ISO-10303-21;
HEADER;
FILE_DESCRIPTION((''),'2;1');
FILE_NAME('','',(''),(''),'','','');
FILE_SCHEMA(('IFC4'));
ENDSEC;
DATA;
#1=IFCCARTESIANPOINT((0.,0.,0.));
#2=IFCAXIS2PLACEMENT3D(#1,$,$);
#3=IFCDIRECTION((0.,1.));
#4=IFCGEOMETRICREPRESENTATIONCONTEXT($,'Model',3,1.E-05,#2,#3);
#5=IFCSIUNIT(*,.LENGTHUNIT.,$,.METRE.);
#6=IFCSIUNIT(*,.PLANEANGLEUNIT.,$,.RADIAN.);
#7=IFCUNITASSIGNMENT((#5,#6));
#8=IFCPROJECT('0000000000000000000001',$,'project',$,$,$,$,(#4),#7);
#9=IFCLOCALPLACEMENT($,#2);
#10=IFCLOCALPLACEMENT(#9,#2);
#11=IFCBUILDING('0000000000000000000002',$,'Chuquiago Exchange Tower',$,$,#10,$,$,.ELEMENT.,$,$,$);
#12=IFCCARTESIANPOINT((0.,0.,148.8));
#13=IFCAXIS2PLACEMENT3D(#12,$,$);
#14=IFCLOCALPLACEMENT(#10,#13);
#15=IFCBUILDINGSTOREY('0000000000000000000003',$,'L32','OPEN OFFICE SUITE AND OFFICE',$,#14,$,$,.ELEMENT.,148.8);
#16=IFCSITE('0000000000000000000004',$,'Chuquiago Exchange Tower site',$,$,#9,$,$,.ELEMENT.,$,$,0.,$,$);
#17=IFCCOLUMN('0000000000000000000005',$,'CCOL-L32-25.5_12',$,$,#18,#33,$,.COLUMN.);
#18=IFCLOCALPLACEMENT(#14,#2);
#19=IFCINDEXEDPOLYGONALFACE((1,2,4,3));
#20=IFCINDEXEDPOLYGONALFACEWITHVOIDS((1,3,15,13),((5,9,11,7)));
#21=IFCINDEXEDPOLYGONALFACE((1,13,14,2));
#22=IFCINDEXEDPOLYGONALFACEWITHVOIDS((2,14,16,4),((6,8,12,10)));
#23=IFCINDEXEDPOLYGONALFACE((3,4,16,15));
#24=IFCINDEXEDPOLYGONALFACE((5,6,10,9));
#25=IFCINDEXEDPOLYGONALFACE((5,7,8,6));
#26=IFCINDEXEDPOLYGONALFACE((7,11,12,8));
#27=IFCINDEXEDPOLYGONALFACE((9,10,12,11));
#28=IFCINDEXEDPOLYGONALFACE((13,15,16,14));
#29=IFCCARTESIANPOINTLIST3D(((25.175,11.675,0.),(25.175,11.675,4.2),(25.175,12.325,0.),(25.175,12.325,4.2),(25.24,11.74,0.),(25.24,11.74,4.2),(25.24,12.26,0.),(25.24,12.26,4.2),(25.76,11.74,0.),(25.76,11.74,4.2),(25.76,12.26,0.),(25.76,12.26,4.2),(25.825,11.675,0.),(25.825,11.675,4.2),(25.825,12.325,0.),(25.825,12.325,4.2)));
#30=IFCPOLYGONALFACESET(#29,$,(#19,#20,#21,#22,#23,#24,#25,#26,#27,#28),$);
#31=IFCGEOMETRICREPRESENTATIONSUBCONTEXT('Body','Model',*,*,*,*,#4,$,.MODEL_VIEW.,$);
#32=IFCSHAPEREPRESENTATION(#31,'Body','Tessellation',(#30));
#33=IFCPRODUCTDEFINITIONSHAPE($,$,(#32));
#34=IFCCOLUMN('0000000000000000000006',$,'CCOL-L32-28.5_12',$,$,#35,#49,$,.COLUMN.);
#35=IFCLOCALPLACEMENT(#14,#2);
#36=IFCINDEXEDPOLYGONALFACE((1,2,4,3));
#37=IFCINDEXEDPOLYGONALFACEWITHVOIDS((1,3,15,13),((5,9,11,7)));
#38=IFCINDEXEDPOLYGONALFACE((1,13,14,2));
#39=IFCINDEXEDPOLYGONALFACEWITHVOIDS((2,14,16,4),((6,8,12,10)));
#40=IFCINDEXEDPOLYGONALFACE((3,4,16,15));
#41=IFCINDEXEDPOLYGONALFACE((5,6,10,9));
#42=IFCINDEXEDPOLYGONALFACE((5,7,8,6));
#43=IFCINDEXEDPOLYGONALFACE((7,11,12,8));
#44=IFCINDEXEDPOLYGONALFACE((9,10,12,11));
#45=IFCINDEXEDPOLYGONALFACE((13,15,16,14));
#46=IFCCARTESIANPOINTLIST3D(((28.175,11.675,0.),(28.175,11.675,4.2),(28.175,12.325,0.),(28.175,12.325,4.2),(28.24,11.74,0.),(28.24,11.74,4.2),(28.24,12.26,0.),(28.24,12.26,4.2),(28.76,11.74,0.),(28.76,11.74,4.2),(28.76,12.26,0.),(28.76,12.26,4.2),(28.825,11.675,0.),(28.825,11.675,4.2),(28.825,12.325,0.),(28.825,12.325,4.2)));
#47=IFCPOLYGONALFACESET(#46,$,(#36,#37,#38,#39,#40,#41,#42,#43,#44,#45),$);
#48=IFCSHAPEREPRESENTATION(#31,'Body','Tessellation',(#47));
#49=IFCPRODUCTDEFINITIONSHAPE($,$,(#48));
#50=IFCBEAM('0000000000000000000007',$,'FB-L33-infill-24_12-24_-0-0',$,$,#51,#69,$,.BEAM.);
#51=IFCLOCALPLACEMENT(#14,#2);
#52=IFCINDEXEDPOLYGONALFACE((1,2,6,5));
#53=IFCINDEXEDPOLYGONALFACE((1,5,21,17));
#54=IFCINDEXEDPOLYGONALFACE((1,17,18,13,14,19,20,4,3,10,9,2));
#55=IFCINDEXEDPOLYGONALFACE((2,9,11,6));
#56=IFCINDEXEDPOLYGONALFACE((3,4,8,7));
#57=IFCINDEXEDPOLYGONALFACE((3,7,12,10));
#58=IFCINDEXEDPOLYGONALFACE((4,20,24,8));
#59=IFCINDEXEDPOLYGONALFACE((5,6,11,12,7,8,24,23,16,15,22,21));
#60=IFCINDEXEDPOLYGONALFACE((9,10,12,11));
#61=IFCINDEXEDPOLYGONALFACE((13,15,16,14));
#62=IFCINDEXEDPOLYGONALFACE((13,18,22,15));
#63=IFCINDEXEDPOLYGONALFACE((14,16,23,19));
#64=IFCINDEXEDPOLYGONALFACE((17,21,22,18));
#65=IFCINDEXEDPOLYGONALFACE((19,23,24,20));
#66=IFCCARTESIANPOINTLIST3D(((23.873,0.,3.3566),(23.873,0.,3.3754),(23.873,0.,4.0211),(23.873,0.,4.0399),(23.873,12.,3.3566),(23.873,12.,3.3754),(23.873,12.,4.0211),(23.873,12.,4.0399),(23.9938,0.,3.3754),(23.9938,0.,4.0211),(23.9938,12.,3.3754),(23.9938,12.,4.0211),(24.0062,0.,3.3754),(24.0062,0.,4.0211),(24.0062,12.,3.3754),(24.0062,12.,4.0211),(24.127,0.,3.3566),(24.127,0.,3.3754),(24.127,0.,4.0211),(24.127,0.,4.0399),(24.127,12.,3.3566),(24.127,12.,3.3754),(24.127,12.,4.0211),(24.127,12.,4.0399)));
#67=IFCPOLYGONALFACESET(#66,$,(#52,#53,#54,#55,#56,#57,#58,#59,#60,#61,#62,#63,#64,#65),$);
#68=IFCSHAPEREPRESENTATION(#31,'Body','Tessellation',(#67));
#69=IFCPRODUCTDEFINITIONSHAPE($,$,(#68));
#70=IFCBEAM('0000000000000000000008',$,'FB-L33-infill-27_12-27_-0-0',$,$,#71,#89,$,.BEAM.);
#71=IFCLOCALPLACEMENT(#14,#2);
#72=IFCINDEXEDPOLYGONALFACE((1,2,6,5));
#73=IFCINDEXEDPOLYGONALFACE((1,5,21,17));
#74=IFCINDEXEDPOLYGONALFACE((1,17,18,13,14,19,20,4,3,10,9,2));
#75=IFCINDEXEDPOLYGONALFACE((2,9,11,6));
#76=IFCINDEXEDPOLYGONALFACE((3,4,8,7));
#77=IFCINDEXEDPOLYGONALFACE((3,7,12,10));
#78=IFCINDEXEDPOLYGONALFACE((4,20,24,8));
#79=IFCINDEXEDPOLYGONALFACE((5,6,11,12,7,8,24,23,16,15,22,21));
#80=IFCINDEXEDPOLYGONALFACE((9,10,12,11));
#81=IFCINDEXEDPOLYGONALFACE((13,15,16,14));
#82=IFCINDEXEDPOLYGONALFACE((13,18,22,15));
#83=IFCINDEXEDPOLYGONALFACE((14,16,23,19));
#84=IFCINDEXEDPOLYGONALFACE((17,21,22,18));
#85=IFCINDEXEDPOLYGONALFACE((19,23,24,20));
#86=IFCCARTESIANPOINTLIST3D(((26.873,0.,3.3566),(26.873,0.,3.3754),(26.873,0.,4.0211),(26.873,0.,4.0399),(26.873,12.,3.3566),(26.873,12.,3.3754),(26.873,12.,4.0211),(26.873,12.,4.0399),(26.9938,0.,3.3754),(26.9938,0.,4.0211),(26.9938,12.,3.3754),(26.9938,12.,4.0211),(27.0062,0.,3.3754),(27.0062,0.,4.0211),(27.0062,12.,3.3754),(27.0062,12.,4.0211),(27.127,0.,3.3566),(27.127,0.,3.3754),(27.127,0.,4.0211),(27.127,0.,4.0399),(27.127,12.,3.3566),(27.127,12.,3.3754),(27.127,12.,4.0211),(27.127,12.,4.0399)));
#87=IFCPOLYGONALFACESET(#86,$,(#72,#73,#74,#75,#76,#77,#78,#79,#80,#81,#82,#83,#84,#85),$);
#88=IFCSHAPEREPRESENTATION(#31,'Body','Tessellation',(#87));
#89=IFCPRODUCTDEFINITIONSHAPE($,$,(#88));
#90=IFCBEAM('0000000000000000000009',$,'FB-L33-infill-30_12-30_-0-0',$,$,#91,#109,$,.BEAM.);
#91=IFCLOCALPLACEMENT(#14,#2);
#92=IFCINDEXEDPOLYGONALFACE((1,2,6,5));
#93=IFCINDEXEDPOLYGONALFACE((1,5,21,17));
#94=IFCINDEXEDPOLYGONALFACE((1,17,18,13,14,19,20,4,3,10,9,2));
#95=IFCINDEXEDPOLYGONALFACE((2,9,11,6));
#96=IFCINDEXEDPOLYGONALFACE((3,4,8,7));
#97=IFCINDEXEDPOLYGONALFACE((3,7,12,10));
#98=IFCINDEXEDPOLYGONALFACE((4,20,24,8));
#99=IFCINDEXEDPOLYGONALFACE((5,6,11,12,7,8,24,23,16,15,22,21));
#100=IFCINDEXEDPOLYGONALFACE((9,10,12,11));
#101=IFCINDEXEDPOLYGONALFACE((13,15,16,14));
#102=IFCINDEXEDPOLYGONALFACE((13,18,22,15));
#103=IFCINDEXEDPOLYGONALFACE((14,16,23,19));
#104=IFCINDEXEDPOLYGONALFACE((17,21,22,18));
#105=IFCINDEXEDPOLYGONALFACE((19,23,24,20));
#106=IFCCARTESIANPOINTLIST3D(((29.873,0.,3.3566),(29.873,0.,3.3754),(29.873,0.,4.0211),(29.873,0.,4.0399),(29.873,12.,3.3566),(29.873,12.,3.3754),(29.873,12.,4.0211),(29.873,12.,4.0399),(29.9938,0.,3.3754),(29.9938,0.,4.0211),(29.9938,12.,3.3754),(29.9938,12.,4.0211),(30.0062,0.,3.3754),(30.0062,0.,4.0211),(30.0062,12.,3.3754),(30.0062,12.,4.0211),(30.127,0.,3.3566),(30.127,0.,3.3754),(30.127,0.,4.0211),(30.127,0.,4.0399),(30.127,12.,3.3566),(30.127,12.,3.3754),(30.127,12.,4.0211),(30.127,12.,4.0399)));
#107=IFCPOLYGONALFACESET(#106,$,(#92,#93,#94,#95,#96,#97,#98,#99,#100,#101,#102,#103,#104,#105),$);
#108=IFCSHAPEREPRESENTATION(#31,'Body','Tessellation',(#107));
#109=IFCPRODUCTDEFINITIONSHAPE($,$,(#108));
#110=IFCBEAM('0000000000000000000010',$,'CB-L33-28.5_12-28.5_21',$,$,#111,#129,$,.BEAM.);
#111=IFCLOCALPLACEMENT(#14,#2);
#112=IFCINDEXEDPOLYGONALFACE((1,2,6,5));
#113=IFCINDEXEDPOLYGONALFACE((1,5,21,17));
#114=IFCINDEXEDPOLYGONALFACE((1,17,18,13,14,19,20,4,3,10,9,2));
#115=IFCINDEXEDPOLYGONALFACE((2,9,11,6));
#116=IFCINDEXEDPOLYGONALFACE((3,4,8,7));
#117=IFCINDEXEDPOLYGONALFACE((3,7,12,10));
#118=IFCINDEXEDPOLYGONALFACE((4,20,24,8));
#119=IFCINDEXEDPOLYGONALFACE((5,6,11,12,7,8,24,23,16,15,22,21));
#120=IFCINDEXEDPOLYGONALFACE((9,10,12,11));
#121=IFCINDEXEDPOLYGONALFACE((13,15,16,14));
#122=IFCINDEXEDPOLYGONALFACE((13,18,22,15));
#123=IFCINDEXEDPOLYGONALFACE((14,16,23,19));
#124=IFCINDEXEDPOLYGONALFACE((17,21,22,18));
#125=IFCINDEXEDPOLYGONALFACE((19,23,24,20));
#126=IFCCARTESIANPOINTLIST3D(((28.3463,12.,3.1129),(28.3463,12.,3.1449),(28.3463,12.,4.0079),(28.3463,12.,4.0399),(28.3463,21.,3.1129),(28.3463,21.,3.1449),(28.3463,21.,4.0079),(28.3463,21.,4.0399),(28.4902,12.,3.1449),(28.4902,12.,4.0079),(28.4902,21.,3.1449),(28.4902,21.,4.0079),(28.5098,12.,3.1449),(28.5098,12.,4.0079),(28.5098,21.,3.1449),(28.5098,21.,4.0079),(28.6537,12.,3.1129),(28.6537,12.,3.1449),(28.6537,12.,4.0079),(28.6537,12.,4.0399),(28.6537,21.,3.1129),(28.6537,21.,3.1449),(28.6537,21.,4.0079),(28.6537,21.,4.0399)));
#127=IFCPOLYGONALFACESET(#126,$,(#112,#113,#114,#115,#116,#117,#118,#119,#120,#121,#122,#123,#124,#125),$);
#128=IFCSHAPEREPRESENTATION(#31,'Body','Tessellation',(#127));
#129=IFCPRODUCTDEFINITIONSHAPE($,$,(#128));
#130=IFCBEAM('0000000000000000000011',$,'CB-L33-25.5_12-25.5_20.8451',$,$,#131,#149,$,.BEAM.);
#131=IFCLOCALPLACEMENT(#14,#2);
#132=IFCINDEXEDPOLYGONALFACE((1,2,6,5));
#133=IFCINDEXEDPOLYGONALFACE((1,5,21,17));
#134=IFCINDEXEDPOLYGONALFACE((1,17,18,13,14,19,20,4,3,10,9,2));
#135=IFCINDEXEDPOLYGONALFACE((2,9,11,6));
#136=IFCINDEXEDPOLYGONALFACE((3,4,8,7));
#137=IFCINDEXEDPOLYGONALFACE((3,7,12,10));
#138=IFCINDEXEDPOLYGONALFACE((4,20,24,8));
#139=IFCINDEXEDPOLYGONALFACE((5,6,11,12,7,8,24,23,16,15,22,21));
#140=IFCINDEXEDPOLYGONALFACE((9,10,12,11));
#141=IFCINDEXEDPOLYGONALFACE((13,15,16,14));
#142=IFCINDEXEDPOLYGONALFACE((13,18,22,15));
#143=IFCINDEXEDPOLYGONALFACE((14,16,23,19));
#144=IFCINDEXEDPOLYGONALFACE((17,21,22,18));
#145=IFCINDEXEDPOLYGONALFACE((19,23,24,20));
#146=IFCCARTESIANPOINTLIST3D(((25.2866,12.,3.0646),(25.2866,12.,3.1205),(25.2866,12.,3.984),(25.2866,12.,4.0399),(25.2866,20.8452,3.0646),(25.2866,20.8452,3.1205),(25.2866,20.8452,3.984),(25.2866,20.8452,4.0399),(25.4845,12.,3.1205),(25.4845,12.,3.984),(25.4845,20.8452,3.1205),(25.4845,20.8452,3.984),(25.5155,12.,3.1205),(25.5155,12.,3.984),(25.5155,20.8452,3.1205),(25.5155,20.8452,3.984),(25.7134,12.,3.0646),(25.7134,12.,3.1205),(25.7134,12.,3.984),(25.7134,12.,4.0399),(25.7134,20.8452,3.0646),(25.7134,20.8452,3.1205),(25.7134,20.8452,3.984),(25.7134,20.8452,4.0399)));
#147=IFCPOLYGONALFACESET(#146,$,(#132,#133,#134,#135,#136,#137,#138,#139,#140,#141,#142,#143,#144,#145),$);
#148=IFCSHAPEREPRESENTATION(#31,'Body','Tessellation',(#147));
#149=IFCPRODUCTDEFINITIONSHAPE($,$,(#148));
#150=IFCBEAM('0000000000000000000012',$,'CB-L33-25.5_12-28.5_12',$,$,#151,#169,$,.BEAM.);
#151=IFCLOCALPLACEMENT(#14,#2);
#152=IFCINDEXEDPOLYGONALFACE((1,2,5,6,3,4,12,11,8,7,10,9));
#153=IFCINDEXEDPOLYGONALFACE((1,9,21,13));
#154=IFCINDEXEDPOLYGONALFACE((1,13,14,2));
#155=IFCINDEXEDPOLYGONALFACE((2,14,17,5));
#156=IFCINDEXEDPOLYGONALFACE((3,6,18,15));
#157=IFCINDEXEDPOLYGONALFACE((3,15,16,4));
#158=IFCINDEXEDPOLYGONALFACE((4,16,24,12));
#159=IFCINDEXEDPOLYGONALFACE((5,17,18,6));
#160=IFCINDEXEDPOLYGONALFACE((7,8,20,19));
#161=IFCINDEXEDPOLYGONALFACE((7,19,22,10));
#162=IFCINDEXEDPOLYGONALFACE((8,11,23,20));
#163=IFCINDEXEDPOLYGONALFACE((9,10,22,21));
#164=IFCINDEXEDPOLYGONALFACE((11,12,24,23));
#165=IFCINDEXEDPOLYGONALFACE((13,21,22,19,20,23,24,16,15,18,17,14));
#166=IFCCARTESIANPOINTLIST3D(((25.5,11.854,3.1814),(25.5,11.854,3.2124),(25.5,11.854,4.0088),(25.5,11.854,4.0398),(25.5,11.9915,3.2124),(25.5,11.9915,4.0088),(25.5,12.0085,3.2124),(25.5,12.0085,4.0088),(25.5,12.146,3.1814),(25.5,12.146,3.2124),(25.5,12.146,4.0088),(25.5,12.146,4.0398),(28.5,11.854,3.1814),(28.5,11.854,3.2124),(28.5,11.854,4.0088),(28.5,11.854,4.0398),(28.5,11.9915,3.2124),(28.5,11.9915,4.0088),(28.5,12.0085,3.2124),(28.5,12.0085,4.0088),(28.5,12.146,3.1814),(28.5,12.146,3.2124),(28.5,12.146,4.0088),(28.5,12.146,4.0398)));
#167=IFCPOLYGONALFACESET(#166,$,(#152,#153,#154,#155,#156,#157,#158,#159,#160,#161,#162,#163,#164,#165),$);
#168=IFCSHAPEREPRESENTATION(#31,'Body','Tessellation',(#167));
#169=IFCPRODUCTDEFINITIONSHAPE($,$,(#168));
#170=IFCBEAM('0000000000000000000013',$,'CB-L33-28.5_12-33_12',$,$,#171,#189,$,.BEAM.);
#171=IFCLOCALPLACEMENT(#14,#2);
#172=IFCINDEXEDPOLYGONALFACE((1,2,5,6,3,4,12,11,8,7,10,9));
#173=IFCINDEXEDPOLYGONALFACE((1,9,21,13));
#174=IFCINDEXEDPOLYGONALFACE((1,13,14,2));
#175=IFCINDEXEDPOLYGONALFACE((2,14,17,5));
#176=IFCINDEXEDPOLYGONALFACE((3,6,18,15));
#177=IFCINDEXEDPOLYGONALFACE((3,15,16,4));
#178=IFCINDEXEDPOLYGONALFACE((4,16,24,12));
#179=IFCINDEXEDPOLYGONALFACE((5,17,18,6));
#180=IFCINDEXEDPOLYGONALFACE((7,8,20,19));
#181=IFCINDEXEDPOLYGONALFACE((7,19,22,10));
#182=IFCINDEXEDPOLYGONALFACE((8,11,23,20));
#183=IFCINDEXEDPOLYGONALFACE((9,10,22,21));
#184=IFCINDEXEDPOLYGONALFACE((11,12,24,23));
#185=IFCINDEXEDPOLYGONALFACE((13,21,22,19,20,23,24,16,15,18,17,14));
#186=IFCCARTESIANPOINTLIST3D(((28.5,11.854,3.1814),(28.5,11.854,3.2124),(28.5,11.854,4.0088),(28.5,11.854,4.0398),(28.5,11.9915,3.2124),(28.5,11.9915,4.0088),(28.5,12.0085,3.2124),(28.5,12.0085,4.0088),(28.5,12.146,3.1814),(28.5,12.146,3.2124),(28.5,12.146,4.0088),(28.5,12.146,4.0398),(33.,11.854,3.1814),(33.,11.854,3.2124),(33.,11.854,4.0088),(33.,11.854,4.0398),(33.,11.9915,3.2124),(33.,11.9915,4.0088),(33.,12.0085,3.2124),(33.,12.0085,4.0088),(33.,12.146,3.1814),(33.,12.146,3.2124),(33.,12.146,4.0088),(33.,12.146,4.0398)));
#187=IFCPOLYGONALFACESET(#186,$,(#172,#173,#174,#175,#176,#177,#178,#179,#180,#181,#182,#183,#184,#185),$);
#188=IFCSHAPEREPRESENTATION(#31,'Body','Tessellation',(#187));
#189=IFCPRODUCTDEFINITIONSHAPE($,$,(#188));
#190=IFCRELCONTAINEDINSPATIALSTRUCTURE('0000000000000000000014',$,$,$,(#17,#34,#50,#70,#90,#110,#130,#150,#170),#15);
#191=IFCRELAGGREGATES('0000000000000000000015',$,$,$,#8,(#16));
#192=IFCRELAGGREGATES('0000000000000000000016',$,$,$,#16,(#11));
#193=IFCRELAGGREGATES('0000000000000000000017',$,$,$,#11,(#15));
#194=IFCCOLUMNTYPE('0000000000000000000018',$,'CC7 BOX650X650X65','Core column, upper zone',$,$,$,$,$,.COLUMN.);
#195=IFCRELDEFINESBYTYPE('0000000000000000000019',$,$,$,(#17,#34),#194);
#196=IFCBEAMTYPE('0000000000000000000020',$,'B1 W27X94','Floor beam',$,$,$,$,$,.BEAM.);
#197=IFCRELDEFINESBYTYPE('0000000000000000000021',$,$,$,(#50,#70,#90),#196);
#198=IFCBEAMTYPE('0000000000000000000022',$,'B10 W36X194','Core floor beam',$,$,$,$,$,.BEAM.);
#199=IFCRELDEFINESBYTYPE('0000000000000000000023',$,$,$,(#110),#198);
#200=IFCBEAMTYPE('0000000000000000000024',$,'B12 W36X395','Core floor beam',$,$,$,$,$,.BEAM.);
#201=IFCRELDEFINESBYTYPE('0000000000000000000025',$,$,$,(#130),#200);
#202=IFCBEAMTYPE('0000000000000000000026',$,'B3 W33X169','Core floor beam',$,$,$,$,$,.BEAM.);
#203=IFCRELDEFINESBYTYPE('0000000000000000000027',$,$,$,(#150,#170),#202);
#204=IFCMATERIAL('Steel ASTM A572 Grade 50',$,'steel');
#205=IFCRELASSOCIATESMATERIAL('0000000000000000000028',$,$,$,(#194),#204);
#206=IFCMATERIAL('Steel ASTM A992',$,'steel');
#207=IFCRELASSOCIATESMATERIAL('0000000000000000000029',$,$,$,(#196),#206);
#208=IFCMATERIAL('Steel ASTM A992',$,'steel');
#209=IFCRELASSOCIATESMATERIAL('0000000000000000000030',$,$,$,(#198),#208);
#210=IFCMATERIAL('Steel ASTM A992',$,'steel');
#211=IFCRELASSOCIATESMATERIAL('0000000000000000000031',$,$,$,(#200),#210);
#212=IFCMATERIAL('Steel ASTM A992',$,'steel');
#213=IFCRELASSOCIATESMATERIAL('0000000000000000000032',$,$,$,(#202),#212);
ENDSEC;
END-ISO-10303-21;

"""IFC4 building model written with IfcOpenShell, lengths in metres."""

from ifc_helpers import new_model, si_unit, direction, frame, origin, origin_2d, place, context, subcontext, project, spatial, hollow_rectangle, i_section, extrude, material, material_profile, profile_set, type_object, element, save


model = new_model("IFC4")

# Units and contexts
model_context = context("Model", 3, precision=1e-05, world=origin(), true_north=direction((0.0, 1.0)))
body_context = subcontext(model_context, "Body", "Model", "MODEL_VIEW")
ifc_project = project(units=[si_unit("LENGTHUNIT", "METRE"), si_unit("PLANEANGLEUNIT", "RADIAN")], contexts=[model_context])

# Site, building, storey
site_placement = place(None, origin())
site = spatial("IfcSite", under=ifc_project, at=site_placement, Name="Chuquiago Exchange Tower site", CompositionType="ELEMENT", RefElevation=0.0)
building_placement = place(site_placement, origin())
building = spatial("IfcBuilding", under=site, at=building_placement, Name="Chuquiago Exchange Tower", CompositionType="ELEMENT")
storey_placement = place(building_placement, frame((0.0, 0.0, 148.8)))
storey = spatial("IfcBuildingStorey", under=building, at=storey_placement, Name="L32", Description="OPEN OFFICE SUITE AND OFFICE", CompositionType="ELEMENT", Elevation=148.8)

# Columns
ifc_material_1 = material(Name="Steel ASTM A572 Grade 50", Category="steel")
ifc_material_profile_1 = material_profile(ifc_material_1, hollow_rectangle(XDim=0.6499, YDim=0.6499, WallThickness=0.0649, at=origin_2d()), Name="BOX650X650X65")
ifc_profile_set_1 = profile_set([ifc_material_profile_1], Name="Steel ASTM A572 Grade 50")
column_type = type_object("IfcColumnType", Name="CC7 BOX650X650X65", Description="Core column, upper zone", PredefinedType="COLUMN", material=ifc_profile_set_1)
for number, where, z_axis, x_axis, name in (
    (1, (25.5, 12.0, 0.0), (0.0, 0.0, 1.0), (1.0, 0.0, 0.0), "CCOL-L32-25.5_12"),
    (2, (28.5, 12.0, 0.0), (0.0, 0.0, 1.0), (1.0, 0.0, 0.0), "CCOL-L32-28.5_12"),
):
    element("IfcColumn", number, at=place(storey_placement, frame(where, z_axis=z_axis, x_axis=x_axis)), inside=storey, type_object=column_type, Name=name, PredefinedType="COLUMN", context=body_context, shape_type="SweptSolid", body=[
        extrude(hollow_rectangle(XDim=0.6499, YDim=0.6499, WallThickness=0.0649, at=origin_2d()), origin(), (0.0, 0.0, 1.0), 4.2),
    ])

# Beams
ifc_material_2 = material(Name="Steel ASTM A992", Category="steel")
ifc_material_profile_2 = material_profile(ifc_material_2, i_section(OverallWidth=0.2539, OverallDepth=0.6833, WebThickness=0.0125, FlangeThickness=0.0188, at=origin_2d()), Name="W27X94")
ifc_profile_set_2 = profile_set([ifc_material_profile_2], Name="Steel ASTM A992")
beam_type_1 = type_object("IfcBeamType", Name="B1 W27X94", Description="Floor beam", PredefinedType="BEAM", material=ifc_profile_set_2)
for number, where, z_axis, x_axis, name in (
    (3, (24.0, 12.0, 3.6982), (0.0, -1.0, 0.0), (1.0, 0.0, 0.0), "FB-L33-infill-24_12-24_-0-0"),
    (4, (27.0, 12.0, 3.6982), (0.0, -1.0, 0.0), (1.0, 0.0, 0.0), "FB-L33-infill-27_12-27_-0-0"),
    (5, (30.0, 12.0, 3.6982), (0.0, -1.0, 0.0), (1.0, 0.0, 0.0), "FB-L33-infill-30_12-30_-0-0"),
):
    element("IfcBeam", number, at=place(storey_placement, frame(where, z_axis=z_axis, x_axis=x_axis)), inside=storey, type_object=beam_type_1, Name=name, PredefinedType="BEAM", context=body_context, shape_type="SweptSolid", body=[
        extrude(i_section(OverallWidth=0.2539, OverallDepth=0.6833, WebThickness=0.0125, FlangeThickness=0.0188, at=origin_2d()), origin(), (0.0, 0.0, 1.0), 12.0),
    ])
ifc_material_3 = material(Name="Steel ASTM A992", Category="steel")
ifc_material_profile_3 = material_profile(ifc_material_3, i_section(OverallWidth=0.3074, OverallDepth=0.927, WebThickness=0.0195, FlangeThickness=0.032, at=origin_2d()), Name="W36X194")
ifc_profile_set_3 = profile_set([ifc_material_profile_3], Name="Steel ASTM A992")
beam_type_2 = type_object("IfcBeamType", Name="B10 W36X194", Description="Core floor beam", PredefinedType="BEAM", material=ifc_profile_set_3)
beam_1_placement = place(storey_placement, frame((28.5, 12.0, 3.5764), z_axis=(0.0, 1.0, 0.0), x_axis=(-1.0, 0.0, 0.0)))
element("IfcBeam", 6, at=beam_1_placement, inside=storey, type_object=beam_type_2, Name="CB-L33-28.5_12-28.5_21", PredefinedType="BEAM", context=body_context, shape_type="SweptSolid", body=[
    extrude(i_section(OverallWidth=0.3074, OverallDepth=0.927, WebThickness=0.0195, FlangeThickness=0.032, at=origin_2d()), origin(), (0.0, 0.0, 1.0), 9.0),
])
ifc_material_4 = material(Name="Steel ASTM A992", Category="steel")
ifc_material_profile_4 = material_profile(ifc_material_4, i_section(OverallWidth=0.4268, OverallDepth=0.9753, WebThickness=0.031, FlangeThickness=0.0559, at=origin_2d()), Name="W36X395")
ifc_profile_set_4 = profile_set([ifc_material_profile_4], Name="Steel ASTM A992")
beam_type_3 = type_object("IfcBeamType", Name="B12 W36X395", Description="Core floor beam", PredefinedType="BEAM", material=ifc_profile_set_4)
beam_2_placement = place(storey_placement, frame((25.5, 12.0, 3.5522), z_axis=(0.0, 1.0, 0.0), x_axis=(-1.0, 0.0, 0.0)))
element("IfcBeam", 7, at=beam_2_placement, inside=storey, type_object=beam_type_3, Name="CB-L33-25.5_12-25.5_20.8451", PredefinedType="BEAM", context=body_context, shape_type="SweptSolid", body=[
    extrude(i_section(OverallWidth=0.4268, OverallDepth=0.9753, WebThickness=0.031, FlangeThickness=0.0559, at=origin_2d()), origin(), (0.0, 0.0, 1.0), 8.8452),
])
ifc_material_5 = material(Name="Steel ASTM A992", Category="steel")
ifc_material_profile_5 = material_profile(ifc_material_5, i_section(OverallWidth=0.292, OverallDepth=0.8584, WebThickness=0.0171, FlangeThickness=0.031, at=origin_2d()), Name="W33X169")
ifc_profile_set_5 = profile_set([ifc_material_profile_5], Name="Steel ASTM A992")
beam_type_4 = type_object("IfcBeamType", Name="B3 W33X169", Description="Core floor beam", PredefinedType="BEAM", material=ifc_profile_set_5)
beam_3_placement = place(storey_placement, frame((25.5, 12.0, 3.6106), z_axis=(1.0, 0.0, 0.0), x_axis=(0.0, 1.0, 0.0)))
element("IfcBeam", 8, at=beam_3_placement, inside=storey, type_object=beam_type_4, Name="CB-L33-25.5_12-28.5_12", PredefinedType="BEAM", context=body_context, shape_type="SweptSolid", body=[
    extrude(i_section(OverallWidth=0.292, OverallDepth=0.8584, WebThickness=0.0171, FlangeThickness=0.031, at=origin_2d()), origin(), (0.0, 0.0, 1.0), 3.0),
])
beam_4_placement = place(storey_placement, frame((28.5, 12.0, 3.6106), z_axis=(1.0, 0.0, 0.0), x_axis=(0.0, 1.0, 0.0)))
element("IfcBeam", 9, at=beam_4_placement, inside=storey, type_object=beam_type_4, Name="CB-L33-28.5_12-33_12", PredefinedType="BEAM", context=body_context, shape_type="SweptSolid", body=[
    extrude(i_section(OverallWidth=0.292, OverallDepth=0.8584, WebThickness=0.0171, FlangeThickness=0.031, at=origin_2d()), origin(), (0.0, 0.0, 1.0), 4.5),
])

save(model, "model.ifc")
